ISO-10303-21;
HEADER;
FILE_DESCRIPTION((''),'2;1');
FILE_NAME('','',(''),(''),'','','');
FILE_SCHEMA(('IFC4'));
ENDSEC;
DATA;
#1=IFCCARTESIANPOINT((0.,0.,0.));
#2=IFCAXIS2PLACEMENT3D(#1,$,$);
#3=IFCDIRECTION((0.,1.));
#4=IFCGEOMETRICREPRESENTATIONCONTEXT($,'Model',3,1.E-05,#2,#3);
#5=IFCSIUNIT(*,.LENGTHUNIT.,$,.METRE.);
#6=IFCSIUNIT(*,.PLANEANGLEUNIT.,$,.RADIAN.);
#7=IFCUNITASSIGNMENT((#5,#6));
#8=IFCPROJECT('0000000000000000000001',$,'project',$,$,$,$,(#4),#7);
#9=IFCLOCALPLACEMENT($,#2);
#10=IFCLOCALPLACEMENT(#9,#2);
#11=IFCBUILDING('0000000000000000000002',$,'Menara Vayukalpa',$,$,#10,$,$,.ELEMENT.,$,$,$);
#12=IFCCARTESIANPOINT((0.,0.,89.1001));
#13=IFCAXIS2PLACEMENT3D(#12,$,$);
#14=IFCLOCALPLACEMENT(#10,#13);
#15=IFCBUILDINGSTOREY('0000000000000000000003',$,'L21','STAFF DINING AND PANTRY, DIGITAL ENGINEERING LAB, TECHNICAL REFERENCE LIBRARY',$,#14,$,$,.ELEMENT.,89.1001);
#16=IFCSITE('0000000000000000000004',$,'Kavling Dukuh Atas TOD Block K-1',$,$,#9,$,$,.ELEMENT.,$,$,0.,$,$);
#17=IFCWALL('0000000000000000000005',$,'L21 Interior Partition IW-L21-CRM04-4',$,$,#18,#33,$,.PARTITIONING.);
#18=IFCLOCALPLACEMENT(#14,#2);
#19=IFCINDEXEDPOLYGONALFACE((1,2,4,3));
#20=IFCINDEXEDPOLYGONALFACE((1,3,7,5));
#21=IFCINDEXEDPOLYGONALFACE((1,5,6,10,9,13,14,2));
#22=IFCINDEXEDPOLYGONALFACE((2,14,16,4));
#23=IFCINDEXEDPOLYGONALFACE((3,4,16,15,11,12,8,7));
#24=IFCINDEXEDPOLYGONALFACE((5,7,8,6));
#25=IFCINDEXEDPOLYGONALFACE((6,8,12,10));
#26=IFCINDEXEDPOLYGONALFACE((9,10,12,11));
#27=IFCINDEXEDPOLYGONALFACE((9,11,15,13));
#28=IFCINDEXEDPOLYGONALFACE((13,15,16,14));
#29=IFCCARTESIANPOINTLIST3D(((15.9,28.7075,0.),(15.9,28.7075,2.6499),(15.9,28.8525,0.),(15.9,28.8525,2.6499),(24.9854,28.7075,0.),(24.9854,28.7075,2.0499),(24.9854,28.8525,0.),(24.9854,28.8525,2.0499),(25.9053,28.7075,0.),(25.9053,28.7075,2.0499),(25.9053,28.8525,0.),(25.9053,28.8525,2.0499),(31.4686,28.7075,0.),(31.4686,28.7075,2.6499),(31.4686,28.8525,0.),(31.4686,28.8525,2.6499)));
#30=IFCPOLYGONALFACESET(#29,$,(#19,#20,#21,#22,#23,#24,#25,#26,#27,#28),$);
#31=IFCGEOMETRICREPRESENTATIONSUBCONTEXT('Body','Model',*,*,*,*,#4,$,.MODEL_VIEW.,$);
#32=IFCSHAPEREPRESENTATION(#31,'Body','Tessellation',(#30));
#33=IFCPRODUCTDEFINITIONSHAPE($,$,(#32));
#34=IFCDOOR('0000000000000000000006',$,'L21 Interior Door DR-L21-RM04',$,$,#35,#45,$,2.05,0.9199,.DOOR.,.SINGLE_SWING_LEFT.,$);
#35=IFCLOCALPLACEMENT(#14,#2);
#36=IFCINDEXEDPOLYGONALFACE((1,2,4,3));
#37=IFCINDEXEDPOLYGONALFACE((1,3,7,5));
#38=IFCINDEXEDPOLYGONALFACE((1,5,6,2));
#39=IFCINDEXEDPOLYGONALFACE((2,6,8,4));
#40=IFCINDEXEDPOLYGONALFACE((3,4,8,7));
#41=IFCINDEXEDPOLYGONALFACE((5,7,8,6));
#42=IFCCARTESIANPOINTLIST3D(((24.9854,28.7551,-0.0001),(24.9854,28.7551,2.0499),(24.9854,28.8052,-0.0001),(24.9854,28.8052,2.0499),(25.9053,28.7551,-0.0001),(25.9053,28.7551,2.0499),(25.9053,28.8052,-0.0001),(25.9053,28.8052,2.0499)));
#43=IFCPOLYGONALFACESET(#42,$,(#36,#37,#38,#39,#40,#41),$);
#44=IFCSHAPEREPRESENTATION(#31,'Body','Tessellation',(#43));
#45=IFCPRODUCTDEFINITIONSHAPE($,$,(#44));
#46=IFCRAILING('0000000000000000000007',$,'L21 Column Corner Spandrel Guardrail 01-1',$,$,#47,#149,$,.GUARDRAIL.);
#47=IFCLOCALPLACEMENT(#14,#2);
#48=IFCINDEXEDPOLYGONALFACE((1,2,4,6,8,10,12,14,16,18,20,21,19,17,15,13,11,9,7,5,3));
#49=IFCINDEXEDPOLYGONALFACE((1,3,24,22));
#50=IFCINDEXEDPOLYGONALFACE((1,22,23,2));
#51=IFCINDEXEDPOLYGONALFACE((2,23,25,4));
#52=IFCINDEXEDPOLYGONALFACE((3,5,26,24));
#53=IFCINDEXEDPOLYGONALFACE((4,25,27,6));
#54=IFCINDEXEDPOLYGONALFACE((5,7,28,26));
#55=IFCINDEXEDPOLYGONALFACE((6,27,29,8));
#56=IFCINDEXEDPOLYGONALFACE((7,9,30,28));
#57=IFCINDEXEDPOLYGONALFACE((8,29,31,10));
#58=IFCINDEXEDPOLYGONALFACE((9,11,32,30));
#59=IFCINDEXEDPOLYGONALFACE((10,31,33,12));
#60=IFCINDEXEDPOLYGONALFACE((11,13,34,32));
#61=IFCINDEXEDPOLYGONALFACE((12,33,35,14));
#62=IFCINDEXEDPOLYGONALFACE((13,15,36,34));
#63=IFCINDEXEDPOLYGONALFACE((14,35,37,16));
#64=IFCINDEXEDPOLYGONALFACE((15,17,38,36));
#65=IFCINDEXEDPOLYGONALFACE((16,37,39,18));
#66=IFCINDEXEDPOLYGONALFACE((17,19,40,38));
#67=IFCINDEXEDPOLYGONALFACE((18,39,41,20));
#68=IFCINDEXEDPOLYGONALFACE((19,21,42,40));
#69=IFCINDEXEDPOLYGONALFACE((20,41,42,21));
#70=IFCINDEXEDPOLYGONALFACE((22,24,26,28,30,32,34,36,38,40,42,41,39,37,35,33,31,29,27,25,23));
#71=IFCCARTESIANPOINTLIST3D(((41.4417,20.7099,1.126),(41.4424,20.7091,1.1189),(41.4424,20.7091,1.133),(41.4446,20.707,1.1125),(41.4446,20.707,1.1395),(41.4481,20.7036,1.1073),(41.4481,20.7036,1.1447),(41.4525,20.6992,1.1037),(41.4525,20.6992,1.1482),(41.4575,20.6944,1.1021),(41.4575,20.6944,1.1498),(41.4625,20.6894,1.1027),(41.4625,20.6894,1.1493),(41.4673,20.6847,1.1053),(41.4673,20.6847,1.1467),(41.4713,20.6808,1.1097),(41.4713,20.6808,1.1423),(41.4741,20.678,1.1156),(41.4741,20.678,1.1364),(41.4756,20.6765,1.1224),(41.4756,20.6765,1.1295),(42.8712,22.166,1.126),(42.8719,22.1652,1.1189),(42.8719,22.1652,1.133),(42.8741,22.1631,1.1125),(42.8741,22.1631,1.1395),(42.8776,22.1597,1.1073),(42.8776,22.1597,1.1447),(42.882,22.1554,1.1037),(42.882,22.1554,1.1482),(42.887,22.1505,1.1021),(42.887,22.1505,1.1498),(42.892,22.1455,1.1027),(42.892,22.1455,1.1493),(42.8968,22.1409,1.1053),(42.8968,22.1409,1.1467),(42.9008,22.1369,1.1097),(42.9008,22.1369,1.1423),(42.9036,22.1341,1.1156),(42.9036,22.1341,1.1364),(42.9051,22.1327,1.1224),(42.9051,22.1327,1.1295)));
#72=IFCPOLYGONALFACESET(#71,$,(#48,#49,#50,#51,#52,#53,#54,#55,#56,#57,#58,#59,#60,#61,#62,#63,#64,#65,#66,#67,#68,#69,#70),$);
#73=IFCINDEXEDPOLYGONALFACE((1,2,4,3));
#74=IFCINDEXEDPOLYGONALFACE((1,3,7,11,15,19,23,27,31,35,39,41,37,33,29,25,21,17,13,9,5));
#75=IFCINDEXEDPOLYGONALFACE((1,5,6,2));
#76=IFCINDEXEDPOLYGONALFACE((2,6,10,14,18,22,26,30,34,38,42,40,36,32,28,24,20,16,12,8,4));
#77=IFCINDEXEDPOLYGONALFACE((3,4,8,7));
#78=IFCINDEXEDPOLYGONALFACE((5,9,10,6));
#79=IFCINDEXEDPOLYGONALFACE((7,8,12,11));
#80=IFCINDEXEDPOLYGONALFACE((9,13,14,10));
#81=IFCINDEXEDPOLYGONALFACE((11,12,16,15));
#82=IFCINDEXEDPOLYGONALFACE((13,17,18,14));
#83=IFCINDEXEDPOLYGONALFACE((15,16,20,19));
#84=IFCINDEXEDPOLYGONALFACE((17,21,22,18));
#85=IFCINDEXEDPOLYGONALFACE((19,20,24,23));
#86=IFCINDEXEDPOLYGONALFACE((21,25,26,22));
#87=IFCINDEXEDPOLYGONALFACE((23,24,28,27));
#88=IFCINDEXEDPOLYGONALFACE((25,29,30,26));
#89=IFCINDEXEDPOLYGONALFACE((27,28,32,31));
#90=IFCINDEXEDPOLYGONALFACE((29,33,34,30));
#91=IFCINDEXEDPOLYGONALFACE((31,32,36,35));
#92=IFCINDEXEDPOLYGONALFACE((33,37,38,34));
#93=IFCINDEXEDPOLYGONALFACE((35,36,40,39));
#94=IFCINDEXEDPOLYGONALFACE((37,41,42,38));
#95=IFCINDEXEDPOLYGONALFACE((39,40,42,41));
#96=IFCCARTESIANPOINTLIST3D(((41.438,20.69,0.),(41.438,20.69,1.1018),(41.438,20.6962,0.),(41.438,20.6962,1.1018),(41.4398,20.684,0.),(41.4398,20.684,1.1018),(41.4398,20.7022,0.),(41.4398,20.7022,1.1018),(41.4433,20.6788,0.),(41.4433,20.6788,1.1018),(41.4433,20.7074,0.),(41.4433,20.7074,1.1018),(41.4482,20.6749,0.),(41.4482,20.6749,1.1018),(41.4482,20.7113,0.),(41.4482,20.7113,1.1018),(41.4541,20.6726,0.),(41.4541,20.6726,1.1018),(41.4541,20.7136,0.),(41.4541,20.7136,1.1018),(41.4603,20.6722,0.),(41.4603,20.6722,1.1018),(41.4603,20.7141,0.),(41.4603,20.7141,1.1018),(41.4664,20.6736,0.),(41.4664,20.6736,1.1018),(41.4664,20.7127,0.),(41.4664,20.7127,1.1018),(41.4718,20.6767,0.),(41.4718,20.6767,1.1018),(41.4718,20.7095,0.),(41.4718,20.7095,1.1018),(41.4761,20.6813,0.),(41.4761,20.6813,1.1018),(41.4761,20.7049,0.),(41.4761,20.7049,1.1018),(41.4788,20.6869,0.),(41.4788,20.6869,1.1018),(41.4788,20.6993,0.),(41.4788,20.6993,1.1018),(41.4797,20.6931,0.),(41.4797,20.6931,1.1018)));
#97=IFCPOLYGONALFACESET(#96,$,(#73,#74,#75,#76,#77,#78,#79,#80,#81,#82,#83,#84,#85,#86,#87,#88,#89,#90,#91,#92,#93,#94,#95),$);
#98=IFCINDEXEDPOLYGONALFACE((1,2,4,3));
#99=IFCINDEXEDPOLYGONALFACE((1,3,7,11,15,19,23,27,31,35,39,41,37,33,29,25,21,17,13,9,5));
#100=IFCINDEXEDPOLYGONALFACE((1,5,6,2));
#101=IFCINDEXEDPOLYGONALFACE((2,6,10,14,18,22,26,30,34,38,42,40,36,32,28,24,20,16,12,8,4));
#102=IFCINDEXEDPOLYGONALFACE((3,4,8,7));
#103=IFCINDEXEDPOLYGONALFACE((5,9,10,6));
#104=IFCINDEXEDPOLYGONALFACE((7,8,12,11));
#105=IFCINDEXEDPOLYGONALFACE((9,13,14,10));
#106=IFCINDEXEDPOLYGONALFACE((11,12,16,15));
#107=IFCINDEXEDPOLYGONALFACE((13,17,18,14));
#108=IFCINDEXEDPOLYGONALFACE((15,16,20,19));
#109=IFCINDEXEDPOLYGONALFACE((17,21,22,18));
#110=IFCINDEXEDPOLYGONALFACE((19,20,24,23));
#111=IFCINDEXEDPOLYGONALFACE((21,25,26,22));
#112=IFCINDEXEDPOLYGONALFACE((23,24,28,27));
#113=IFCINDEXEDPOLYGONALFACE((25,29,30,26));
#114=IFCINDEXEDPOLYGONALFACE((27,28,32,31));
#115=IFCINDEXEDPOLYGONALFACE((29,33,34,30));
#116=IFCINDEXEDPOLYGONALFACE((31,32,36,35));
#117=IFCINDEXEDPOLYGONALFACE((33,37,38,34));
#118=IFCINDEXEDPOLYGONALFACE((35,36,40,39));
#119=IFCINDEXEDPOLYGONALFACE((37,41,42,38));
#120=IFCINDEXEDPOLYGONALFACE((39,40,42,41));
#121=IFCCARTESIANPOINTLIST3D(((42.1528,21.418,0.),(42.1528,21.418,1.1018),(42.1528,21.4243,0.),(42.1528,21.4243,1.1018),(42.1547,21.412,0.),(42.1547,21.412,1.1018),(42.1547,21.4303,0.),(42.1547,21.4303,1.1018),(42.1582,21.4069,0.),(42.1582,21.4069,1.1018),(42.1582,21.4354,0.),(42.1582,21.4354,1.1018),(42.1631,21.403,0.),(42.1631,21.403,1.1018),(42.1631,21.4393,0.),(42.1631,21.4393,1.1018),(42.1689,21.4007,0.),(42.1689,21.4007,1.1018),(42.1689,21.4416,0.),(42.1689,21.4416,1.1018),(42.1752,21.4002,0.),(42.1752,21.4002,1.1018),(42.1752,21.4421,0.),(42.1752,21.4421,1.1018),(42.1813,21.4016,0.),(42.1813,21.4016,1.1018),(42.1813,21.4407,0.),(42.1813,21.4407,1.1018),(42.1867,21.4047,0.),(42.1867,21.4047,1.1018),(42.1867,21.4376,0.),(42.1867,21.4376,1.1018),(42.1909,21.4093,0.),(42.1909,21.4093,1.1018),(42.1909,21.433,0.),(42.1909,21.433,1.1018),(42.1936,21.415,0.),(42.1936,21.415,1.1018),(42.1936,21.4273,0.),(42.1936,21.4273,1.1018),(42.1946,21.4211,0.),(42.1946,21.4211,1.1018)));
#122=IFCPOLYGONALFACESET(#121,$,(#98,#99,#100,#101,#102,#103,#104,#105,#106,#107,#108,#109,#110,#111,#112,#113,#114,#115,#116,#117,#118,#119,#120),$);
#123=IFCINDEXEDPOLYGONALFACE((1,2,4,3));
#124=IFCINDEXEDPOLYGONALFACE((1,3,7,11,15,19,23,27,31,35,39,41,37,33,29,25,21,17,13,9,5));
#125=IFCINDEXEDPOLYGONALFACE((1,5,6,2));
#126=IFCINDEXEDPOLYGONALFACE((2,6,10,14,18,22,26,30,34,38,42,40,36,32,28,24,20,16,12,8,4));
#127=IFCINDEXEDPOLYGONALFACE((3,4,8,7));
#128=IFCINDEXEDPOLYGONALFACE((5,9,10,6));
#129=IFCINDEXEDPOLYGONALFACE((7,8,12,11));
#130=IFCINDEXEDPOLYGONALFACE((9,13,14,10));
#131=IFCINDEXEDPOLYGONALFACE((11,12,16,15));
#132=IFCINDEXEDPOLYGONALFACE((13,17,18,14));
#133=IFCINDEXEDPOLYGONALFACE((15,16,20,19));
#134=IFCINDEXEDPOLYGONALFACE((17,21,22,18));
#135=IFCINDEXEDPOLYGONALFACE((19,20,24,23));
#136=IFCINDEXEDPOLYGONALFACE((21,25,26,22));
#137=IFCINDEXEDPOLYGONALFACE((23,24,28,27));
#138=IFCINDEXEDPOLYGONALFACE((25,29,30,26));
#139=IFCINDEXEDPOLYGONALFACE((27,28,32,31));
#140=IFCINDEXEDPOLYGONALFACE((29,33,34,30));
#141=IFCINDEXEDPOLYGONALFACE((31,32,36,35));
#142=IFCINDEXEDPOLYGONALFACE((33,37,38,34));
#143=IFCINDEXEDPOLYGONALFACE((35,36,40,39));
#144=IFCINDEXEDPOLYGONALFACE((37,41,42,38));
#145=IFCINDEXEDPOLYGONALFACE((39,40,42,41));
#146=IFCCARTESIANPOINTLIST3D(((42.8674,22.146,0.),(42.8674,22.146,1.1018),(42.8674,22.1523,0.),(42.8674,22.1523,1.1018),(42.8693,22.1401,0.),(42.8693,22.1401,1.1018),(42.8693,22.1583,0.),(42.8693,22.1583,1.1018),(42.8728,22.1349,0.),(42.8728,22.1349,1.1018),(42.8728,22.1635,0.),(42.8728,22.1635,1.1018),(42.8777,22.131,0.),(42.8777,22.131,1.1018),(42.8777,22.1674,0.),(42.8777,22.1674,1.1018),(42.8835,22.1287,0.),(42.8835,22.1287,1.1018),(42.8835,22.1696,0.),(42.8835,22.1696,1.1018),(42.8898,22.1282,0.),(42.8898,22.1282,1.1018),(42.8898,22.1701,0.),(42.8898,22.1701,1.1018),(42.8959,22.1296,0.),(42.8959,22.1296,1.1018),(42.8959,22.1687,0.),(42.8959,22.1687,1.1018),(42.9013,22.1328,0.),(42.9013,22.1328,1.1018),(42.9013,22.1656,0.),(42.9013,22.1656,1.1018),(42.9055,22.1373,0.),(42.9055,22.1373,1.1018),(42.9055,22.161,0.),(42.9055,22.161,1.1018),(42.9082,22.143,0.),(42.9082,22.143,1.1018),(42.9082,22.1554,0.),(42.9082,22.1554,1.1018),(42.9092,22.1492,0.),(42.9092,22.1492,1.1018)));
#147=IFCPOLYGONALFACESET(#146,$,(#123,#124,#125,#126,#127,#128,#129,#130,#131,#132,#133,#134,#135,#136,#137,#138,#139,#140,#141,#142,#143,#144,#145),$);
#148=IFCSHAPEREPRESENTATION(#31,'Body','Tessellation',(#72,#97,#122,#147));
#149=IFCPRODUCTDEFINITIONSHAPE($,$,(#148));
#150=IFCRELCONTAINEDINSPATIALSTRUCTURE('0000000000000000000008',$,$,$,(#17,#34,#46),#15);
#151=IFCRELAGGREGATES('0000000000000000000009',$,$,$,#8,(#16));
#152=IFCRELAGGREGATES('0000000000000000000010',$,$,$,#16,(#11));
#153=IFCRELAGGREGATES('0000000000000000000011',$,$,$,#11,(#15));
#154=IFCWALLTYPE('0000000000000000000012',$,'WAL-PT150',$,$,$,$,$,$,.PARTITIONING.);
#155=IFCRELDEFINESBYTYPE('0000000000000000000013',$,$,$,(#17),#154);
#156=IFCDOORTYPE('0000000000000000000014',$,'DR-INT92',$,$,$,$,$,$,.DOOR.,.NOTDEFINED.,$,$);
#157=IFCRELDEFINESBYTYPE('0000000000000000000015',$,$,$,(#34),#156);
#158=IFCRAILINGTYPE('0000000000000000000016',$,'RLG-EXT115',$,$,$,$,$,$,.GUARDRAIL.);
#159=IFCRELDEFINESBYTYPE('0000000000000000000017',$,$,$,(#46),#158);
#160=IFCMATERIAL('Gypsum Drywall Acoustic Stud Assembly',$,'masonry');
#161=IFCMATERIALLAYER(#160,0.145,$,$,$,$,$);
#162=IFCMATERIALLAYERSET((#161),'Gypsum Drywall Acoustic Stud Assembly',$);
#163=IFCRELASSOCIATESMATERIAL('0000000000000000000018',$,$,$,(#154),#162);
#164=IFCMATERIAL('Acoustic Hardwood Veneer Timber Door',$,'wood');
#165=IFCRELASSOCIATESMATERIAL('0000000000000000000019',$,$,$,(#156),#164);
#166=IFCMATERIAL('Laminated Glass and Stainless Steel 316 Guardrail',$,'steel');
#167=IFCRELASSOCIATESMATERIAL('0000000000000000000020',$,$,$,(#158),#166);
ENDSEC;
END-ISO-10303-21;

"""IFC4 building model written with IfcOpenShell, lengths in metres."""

from ifc_helpers import new_model, si_unit, direction, frame, frame_2d, origin, origin_2d, place, context, subcontext, project, spatial, rectangle, circle, extrude, material, layer, layer_set, type_object, element, fill, save


model = new_model("IFC4")

# Units and contexts
model_context = context("Model", 3, precision=1e-05, world=origin(), true_north=direction((0.0, 1.0)))
body_context = subcontext(model_context, "Body", "Model", "MODEL_VIEW")
ifc_project = project(units=[si_unit("LENGTHUNIT", "METRE"), si_unit("PLANEANGLEUNIT", "RADIAN")], contexts=[model_context])

# Site, building, storey
site_placement = place(None, origin())
site = spatial("IfcSite", under=ifc_project, at=site_placement, Name="Kavling Dukuh Atas TOD Block K-1", CompositionType="ELEMENT", RefElevation=0.0)
building_placement = place(site_placement, origin())
building = spatial("IfcBuilding", under=site, at=building_placement, Name="Menara Vayukalpa", CompositionType="ELEMENT")
storey_placement = place(building_placement, frame((0.0, 0.0, 89.1001)))
storey = spatial("IfcBuildingStorey", under=building, at=storey_placement, Name="L21", Description="STAFF DINING AND PANTRY, DIGITAL ENGINEERING LAB, TECHNICAL REFERENCE LIBRARY", CompositionType="ELEMENT", Elevation=89.1001)

# Shared definitions
ifc_material_1 = material(Name="Gypsum Drywall Acoustic Stud Assembly", Category="masonry")
ifc_layer_1 = layer(ifc_material_1, 0.145)
ifc_layer_set_1 = layer_set([ifc_layer_1], Name="Gypsum Drywall Acoustic Stud Assembly")
wall_type_1 = type_object("IfcWallType", Name="WAL-PT150", PredefinedType="PARTITIONING", material=ifc_layer_set_1)

# Wall, opening, door
wall_1_placement = place(storey_placement, frame((31.4685, 28.78, 0.0), z_axis=(0.0, 0.0, 1.0), x_axis=(-1.0, 0.0, 0.0)))
wall_1 = element("IfcWall", 1, at=wall_1_placement, inside=storey, type_object=wall_type_1, Name="L21 Interior Partition IW-L21-CRM04-4", PredefinedType="PARTITIONING", context=body_context, shape_type="SweptSolid", body=[
    extrude(rectangle(XDim=15.5686, YDim=0.145, at=frame_2d((7.7842, 0.0))), origin(), (0.0, 0.0, 1.0), 2.6499),
])
opening_placement = place(wall_1_placement, frame((5.5632, 0.0, 0.0)))
opening = element("IfcOpeningElement", 2, at=opening_placement, cuts=wall_1, PredefinedType="OPENING", context=body_context, shape_type="SweptSolid", body=[
    extrude(rectangle(XDim=0.9199, YDim=2.05, at=frame_2d((0.46, 1.0249))), frame((0.0, 0.0825, 0.0), z_axis=(0.0, -1.0, 0.0), x_axis=(1.0, 0.0, 0.0)), (0.0, 0.0, 1.0), 0.165),
])
ifc_material_2 = material(Name="Acoustic Hardwood Veneer Timber Door", Category="wood")
door_type = type_object("IfcDoorType", Name="DR-INT92", OperationType="NOTDEFINED", PredefinedType="DOOR", material=ifc_material_2)
door_placement = place(opening_placement, origin())
door = element("IfcDoor", 3, at=door_placement, inside=storey, type_object=door_type, Name="L21 Interior Door DR-L21-RM04", OperationType="SINGLE_SWING_LEFT", OverallHeight=2.05, OverallWidth=0.9199, PredefinedType="DOOR", context=body_context, shape_type="SweptSolid", body=[
    extrude(rectangle(XDim=0.9199, YDim=2.05, at=frame_2d((0.46, 1.0249))), frame((0.0, 0.0249, 0.0), z_axis=(0.0, -1.0, 0.0), x_axis=(1.0, 0.0, 0.0)), (0.0, 0.0, 1.0), 0.05),
])
fill(opening, door)

# Railing
ifc_material_3 = material(Name="Laminated Glass and Stainless Steel 316 Guardrail", Category="steel")
railing_type_1 = type_object("IfcRailingType", Name="RLG-EXT115", PredefinedType="GUARDRAIL", material=ifc_material_3)
railing_1_placement = place(storey_placement, frame((41.4587, 20.6931, 0.0)))
element("IfcRailing", 4, at=railing_1_placement, inside=storey, type_object=railing_type_1, Name="L21 Column Corner Spandrel Guardrail 01-1", PredefinedType="GUARDRAIL", context=body_context, shape_type="SweptSolid", body=[
    extrude(circle(Radius=0.0239, at=origin_2d()), frame((0.0, 0.0, 1.126), z_axis=(0.700556, 0.713598, 0.0), x_axis=(-0.713598, 0.700556, 0.0)), (0.0, 0.0, 1.0), 2.0405),
    extrude(circle(Radius=0.021, at=origin_2d()), origin(), (0.0, 0.0, 1.0), 1.1018),
    extrude(circle(Radius=0.021, at=origin_2d()), frame((0.7148, 0.728, 0.0)), (0.0, 0.0, 1.0), 1.1018),
    extrude(circle(Radius=0.021, at=origin_2d()), frame((1.4294, 1.4561, 0.0)), (0.0, 0.0, 1.0), 1.1018),
])

save(model, "model.ifc")
